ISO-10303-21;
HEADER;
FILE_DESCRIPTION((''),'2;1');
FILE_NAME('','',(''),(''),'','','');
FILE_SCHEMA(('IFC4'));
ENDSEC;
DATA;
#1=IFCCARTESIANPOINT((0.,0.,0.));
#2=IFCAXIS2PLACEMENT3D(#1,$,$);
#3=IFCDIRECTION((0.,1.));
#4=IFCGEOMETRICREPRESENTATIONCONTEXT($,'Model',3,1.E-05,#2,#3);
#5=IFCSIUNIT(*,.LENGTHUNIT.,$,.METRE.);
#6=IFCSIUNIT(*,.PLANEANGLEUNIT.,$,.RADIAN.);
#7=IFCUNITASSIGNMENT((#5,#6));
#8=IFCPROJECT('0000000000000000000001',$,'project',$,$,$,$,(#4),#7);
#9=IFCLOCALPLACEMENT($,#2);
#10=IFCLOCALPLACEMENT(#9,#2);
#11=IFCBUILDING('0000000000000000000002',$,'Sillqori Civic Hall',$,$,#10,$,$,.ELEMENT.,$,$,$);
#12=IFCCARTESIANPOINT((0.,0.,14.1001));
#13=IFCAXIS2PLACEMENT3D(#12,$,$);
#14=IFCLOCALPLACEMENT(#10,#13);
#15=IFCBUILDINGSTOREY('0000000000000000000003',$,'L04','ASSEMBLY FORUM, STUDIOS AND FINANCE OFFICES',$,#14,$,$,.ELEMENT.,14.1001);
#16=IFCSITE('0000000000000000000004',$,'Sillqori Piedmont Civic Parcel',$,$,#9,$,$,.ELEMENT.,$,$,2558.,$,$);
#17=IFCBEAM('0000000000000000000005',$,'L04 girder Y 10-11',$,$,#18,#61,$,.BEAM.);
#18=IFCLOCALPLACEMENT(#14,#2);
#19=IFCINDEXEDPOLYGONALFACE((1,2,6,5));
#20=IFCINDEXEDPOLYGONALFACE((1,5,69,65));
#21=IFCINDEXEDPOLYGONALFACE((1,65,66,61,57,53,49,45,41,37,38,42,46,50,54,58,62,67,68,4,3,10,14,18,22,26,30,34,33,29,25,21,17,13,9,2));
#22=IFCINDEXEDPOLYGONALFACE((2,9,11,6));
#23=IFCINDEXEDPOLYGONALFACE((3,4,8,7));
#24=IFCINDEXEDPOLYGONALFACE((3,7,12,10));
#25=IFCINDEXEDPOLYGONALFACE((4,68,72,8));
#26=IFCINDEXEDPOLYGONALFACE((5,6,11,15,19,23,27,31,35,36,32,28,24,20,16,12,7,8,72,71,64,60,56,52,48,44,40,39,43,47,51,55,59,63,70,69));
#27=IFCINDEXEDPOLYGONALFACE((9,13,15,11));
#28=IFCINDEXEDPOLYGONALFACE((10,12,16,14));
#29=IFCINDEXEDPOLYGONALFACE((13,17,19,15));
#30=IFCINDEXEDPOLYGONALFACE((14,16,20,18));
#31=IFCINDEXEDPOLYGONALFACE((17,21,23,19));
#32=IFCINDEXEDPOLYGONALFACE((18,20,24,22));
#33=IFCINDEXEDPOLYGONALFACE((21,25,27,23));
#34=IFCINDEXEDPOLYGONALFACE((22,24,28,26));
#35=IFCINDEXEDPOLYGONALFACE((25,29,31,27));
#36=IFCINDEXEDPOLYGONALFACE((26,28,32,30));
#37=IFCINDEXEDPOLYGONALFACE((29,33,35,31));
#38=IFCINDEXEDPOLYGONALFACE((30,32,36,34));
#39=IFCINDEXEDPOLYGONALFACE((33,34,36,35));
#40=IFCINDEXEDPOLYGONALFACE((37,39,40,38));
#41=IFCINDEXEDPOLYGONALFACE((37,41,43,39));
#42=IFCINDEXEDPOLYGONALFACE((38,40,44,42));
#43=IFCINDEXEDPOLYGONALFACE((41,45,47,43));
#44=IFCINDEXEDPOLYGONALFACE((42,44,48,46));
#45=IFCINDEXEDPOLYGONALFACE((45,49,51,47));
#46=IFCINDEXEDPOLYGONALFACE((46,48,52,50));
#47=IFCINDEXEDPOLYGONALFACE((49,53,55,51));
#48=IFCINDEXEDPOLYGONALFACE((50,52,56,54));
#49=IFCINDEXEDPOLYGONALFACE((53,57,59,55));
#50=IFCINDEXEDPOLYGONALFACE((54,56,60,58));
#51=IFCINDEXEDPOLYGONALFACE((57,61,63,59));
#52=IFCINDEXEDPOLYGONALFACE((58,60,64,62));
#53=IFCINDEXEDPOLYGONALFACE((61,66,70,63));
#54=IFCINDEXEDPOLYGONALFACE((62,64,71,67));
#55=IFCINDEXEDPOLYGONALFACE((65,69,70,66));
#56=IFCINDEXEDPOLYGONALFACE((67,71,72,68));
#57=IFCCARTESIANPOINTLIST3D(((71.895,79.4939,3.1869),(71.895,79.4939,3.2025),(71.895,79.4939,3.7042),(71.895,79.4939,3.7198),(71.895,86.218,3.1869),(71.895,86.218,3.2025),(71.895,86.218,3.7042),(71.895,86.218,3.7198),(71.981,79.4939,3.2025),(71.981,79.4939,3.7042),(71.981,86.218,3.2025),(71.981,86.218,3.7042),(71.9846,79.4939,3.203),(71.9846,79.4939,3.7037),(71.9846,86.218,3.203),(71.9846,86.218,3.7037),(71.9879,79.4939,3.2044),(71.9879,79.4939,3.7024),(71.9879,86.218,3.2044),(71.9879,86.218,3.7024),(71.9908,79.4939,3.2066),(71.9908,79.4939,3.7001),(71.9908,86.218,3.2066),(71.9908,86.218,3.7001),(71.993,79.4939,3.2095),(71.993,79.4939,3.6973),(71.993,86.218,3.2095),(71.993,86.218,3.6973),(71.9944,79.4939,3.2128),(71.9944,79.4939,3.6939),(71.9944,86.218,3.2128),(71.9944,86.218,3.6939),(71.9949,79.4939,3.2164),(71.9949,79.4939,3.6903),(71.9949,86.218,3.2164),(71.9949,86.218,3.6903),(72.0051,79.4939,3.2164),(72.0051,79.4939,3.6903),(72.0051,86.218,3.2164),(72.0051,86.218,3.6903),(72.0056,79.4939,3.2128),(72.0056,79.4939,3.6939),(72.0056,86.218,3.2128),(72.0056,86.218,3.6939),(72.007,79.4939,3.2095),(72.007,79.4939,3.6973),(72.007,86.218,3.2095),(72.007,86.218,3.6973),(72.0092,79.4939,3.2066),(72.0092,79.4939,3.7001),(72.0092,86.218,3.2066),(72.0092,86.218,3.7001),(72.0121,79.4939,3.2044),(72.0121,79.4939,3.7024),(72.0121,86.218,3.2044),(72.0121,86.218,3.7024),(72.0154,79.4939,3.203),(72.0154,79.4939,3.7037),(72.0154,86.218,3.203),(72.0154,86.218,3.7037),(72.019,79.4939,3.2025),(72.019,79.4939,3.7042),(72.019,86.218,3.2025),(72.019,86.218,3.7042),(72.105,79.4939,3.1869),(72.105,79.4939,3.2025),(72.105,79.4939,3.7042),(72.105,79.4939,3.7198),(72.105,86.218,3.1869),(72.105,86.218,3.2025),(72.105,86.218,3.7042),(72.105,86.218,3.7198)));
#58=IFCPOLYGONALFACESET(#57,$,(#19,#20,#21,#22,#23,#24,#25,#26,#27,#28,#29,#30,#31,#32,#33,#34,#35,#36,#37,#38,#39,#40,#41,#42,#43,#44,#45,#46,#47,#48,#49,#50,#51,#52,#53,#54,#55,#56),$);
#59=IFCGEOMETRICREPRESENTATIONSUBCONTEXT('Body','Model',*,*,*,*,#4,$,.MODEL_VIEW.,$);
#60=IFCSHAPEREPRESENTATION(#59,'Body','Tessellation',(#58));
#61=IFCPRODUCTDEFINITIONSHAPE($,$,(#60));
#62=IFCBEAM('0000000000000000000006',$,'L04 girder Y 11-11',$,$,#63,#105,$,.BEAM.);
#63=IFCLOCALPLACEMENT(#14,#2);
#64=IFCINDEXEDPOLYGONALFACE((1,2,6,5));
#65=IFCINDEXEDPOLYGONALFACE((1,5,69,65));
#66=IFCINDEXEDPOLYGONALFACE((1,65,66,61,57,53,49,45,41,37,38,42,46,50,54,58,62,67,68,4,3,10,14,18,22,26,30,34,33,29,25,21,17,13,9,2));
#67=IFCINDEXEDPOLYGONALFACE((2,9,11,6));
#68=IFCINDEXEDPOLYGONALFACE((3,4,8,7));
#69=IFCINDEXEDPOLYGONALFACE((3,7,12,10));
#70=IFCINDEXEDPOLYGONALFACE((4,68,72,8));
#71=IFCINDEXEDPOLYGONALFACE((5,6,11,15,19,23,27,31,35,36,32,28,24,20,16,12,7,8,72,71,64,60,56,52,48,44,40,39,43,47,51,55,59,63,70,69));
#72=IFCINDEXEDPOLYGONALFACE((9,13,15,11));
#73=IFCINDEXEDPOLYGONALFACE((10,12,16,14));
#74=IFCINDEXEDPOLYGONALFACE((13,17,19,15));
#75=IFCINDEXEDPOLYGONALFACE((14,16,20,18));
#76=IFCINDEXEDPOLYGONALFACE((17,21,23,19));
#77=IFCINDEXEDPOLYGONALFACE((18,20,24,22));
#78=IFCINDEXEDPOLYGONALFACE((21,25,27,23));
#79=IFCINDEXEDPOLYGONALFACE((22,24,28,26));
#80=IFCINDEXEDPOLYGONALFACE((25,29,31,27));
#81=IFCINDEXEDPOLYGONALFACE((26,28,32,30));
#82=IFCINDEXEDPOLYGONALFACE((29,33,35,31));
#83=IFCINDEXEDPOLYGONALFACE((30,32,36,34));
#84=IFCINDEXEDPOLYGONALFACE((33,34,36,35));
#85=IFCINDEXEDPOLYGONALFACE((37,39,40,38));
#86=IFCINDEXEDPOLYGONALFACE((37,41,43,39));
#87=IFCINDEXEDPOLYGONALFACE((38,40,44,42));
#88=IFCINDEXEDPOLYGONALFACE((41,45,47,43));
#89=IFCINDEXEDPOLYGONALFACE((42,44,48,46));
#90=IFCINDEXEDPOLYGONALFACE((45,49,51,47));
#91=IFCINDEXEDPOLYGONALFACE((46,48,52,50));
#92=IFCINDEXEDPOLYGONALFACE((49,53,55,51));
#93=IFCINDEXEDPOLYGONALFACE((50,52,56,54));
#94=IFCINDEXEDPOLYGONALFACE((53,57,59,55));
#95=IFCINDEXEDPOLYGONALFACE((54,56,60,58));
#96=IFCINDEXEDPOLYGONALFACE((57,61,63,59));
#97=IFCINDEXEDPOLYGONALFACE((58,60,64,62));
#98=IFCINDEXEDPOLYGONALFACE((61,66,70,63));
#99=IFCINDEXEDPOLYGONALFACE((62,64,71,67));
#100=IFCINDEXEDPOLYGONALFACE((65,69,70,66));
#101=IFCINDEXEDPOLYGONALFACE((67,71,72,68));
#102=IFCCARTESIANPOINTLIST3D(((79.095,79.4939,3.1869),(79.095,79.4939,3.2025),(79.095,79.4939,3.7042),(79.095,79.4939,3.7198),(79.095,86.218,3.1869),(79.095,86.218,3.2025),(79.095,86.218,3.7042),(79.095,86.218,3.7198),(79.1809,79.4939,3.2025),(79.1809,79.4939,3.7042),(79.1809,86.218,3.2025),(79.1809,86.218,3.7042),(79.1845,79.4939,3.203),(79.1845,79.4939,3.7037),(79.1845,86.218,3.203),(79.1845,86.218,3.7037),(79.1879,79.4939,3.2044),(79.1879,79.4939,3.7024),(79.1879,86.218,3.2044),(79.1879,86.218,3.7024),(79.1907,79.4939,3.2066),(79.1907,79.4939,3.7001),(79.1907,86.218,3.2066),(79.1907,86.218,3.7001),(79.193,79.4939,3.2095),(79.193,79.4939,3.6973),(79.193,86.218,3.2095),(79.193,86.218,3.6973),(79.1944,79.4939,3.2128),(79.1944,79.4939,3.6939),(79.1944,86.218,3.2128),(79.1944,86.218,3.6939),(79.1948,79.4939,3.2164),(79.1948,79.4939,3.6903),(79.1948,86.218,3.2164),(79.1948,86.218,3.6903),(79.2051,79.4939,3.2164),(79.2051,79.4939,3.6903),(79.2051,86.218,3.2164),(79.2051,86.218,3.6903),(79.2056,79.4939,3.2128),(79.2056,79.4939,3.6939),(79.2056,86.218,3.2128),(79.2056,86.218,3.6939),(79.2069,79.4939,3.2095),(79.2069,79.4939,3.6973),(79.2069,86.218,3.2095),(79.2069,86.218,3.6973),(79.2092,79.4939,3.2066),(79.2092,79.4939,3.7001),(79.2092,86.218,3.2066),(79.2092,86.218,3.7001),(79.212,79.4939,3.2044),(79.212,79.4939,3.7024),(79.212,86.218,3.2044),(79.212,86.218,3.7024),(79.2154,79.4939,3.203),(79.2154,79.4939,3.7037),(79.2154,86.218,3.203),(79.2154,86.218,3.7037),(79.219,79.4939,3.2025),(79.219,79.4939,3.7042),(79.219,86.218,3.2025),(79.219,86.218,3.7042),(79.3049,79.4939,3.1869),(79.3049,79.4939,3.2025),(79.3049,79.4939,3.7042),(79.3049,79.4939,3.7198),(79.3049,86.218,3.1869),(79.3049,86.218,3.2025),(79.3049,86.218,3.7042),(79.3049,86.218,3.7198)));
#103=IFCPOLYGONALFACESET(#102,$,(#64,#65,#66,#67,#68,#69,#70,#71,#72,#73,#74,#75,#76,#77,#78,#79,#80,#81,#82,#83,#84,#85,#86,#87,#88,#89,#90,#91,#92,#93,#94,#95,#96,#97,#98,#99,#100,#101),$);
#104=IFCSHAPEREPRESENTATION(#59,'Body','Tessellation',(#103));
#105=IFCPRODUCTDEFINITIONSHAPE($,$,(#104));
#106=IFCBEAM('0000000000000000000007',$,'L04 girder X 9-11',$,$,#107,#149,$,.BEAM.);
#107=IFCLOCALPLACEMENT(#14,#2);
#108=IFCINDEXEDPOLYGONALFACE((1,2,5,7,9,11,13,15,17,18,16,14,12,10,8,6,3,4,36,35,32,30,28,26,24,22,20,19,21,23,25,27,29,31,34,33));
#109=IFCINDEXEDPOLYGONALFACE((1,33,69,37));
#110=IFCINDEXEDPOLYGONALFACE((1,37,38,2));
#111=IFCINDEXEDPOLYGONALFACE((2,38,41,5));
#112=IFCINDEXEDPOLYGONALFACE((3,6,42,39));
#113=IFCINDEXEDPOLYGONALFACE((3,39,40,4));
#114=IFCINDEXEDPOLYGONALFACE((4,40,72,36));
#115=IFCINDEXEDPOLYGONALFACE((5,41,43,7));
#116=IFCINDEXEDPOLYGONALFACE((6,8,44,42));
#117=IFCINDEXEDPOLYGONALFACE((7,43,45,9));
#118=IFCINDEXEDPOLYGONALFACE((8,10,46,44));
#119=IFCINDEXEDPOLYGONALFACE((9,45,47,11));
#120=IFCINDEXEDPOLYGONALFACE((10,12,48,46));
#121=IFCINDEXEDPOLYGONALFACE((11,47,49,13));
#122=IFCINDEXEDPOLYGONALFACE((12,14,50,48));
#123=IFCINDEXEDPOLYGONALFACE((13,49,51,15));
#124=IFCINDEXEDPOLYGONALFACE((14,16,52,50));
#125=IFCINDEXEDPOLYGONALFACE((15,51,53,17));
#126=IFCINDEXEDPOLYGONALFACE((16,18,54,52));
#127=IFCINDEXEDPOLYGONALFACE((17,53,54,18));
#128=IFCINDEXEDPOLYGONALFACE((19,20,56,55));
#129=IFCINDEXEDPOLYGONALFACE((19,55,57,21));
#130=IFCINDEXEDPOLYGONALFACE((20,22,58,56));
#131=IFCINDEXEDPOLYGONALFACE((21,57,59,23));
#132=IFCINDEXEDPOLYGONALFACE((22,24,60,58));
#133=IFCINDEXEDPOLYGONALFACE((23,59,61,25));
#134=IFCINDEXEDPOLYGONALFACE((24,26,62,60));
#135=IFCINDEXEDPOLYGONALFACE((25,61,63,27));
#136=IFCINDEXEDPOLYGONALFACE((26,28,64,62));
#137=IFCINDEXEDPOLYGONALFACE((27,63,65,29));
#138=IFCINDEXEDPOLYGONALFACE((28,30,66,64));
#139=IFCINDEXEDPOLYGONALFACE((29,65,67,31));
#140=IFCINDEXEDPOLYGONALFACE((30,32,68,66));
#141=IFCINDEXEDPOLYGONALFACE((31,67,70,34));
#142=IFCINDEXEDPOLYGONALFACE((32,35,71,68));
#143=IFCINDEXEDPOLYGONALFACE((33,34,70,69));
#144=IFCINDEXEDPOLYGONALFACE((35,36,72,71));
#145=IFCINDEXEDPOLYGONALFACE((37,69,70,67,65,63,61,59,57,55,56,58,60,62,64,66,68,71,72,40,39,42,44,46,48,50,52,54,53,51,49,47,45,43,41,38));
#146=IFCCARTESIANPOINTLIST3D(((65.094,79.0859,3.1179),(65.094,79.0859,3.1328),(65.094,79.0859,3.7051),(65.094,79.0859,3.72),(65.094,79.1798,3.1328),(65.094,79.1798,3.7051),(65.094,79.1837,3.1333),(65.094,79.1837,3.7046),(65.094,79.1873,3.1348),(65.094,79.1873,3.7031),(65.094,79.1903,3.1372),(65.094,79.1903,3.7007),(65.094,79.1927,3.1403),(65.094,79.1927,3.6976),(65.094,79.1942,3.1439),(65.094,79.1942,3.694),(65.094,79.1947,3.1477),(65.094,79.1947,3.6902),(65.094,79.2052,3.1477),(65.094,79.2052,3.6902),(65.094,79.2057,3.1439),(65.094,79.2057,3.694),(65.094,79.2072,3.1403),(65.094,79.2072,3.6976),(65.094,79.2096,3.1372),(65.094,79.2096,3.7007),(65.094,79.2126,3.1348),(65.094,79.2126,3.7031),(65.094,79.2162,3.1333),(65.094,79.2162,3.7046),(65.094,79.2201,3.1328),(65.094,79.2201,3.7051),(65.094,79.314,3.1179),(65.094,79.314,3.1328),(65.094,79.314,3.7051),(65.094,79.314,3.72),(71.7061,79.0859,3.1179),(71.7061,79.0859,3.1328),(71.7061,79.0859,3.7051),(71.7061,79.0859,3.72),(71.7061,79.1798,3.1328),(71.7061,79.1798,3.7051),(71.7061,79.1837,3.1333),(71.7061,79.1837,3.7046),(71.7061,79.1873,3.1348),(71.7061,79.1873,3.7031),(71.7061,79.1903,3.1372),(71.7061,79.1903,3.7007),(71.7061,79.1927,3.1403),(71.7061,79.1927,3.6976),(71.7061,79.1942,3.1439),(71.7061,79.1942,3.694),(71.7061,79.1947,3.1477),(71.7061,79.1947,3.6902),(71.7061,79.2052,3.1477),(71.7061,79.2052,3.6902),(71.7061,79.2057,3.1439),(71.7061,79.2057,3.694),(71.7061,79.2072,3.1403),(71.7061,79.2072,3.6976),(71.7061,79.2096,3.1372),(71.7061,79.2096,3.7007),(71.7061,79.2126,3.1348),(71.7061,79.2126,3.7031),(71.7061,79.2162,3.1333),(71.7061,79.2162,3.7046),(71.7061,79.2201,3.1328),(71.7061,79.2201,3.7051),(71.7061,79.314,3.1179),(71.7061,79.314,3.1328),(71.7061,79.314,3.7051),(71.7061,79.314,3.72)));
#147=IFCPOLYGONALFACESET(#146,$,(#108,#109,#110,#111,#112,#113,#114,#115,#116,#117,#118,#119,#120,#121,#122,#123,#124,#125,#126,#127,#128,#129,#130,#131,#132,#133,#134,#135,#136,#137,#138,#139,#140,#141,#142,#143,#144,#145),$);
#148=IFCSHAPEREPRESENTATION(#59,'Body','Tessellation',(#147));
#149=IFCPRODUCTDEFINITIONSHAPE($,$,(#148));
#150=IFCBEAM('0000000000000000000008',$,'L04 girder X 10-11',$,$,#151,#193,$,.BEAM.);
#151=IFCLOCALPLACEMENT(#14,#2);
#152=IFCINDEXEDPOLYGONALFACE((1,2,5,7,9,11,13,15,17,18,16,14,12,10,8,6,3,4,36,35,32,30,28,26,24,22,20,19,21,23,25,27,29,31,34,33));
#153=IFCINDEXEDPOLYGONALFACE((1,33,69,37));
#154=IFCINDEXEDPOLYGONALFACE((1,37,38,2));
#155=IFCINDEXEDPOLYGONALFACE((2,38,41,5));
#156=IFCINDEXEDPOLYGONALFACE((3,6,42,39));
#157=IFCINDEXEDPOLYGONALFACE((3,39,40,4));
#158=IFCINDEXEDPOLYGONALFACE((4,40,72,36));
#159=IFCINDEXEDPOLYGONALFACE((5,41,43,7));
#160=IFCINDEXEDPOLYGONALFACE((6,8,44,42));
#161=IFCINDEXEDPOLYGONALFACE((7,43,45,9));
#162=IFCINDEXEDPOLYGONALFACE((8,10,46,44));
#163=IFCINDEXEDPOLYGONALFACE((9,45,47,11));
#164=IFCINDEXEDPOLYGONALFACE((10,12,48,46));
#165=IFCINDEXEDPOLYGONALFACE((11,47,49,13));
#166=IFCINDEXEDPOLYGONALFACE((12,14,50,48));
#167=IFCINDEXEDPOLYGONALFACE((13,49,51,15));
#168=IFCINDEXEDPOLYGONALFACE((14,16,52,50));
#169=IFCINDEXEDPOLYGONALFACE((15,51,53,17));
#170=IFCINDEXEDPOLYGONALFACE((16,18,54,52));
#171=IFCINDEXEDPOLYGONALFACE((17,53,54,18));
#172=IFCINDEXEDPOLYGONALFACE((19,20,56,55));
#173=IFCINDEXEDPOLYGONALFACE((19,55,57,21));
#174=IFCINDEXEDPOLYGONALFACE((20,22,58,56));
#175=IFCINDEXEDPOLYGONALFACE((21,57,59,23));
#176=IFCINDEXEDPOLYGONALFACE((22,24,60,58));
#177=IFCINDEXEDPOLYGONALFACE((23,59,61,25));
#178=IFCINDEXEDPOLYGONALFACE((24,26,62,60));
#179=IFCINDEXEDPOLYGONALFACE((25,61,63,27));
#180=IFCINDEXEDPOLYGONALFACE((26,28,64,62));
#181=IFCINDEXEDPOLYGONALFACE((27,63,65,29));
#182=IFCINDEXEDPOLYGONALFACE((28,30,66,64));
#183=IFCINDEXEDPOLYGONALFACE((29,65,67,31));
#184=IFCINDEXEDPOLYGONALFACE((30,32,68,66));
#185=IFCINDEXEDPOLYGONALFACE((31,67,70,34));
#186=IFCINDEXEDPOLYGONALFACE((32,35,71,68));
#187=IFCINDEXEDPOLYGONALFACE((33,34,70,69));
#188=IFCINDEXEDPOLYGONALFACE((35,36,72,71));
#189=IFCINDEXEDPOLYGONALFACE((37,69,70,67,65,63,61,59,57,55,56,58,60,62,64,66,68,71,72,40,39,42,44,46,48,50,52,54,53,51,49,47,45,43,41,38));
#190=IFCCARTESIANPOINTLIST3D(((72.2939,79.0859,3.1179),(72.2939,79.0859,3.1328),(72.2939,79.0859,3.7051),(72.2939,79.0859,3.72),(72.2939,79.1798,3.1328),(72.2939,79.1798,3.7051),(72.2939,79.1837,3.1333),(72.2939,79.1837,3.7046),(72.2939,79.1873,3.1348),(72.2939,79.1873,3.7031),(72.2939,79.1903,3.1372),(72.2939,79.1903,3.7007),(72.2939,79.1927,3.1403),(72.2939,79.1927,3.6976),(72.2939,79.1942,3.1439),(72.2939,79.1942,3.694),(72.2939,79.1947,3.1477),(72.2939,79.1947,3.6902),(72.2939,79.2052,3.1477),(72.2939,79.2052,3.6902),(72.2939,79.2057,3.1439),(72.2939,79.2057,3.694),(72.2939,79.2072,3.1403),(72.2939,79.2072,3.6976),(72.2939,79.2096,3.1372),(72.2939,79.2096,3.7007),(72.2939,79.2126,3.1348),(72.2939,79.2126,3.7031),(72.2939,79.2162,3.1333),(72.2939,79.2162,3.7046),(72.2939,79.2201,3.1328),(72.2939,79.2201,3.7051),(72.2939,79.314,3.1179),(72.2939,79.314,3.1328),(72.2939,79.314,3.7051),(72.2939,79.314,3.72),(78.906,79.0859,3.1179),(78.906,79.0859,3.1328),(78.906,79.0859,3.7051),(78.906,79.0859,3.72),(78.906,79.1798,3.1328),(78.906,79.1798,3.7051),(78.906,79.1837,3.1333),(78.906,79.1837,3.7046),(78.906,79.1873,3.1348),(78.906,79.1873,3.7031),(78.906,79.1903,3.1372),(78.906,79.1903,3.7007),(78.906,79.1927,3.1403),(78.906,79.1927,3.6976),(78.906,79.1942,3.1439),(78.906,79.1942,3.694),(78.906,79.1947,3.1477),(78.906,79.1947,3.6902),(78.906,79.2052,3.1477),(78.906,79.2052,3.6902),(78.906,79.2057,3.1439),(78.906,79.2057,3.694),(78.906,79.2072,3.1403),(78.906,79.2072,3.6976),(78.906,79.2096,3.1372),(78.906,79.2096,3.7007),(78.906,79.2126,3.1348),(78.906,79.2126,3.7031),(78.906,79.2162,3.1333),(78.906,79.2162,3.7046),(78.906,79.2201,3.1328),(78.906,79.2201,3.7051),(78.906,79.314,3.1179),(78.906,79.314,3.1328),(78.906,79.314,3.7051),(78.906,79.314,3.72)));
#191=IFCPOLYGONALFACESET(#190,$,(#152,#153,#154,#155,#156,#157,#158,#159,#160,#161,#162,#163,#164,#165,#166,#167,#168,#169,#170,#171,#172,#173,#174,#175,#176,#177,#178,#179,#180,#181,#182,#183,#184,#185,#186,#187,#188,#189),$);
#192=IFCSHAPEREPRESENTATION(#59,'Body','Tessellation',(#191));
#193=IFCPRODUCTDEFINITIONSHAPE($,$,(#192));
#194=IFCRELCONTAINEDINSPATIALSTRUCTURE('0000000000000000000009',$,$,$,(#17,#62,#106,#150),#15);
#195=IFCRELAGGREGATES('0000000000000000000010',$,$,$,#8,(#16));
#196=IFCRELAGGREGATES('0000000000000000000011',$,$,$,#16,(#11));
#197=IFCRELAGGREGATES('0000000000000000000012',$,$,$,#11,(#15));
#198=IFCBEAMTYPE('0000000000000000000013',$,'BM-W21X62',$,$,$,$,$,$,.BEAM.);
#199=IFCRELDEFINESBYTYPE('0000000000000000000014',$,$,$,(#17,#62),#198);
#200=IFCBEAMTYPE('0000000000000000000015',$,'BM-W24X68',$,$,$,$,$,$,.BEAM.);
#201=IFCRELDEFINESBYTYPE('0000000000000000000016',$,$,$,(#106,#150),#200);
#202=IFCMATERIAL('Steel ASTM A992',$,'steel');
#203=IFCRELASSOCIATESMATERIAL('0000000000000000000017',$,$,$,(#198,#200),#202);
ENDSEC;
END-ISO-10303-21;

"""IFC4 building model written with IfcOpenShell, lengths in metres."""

from ifc_helpers import new_model, si_unit, direction, frame, origin, origin_2d, place, context, subcontext, project, spatial, i_section, extrude, material, material_profile, profile_set, type_object, element, save


model = new_model("IFC4")

# Units and contexts
model_context = context("Model", 3, precision=1e-05, world=origin(), true_north=direction((0.0, 1.0)))
body_context = subcontext(model_context, "Body", "Model", "MODEL_VIEW")
ifc_project = project(units=[si_unit("LENGTHUNIT", "METRE"), si_unit("PLANEANGLEUNIT", "RADIAN")], contexts=[model_context])

# Site, building, storey
site_placement = place(None, origin())
site = spatial("IfcSite", under=ifc_project, at=site_placement, Name="Sillqori Piedmont Civic Parcel", CompositionType="ELEMENT", RefElevation=2558.0)
building_placement = place(site_placement, origin())
building = spatial("IfcBuilding", under=site, at=building_placement, Name="Sillqori Civic Hall", CompositionType="ELEMENT")
storey_placement = place(building_placement, frame((0.0, 0.0, 14.1001)))
storey = spatial("IfcBuildingStorey", under=building, at=storey_placement, Name="L04", Description="ASSEMBLY FORUM, STUDIOS AND FINANCE OFFICES", CompositionType="ELEMENT", Elevation=14.1001)

# Shared definitions
ifc_material_1 = material(Name="Steel ASTM A992", Category="steel")

# Beams
ifc_material_profile_1 = material_profile(ifc_material_1, i_section(OverallWidth=0.21, OverallDepth=0.533, WebThickness=0.0103, FlangeThickness=0.0156, FilletRadius=0.0139, at=origin_2d()), Name="W21X62")
ifc_profile_set_1 = profile_set([ifc_material_profile_1], Name="Steel ASTM A992")
beam_type_1 = type_object("IfcBeamType", Name="BM-W21X62", PredefinedType="BEAM", material=ifc_profile_set_1)
for number, where, z_axis, x_axis, name in (
    (1, (72.0, 79.4939, 3.4534), (0.0, 1.0, 0.0), (-1.0, 0.0, 0.0), "L04 girder Y 10-11"),
    (2, (79.2, 79.4939, 3.4534), (0.0, 1.0, 0.0), (-1.0, 0.0, 0.0), "L04 girder Y 11-11"),
):
    element("IfcBeam", number, at=place(storey_placement, frame(where, z_axis=z_axis, x_axis=x_axis)), inside=storey, type_object=beam_type_1, Name=name, PredefinedType="BEAM", context=body_context, shape_type="SweptSolid", body=[
        extrude(i_section(OverallWidth=0.21, OverallDepth=0.533, WebThickness=0.0103, FlangeThickness=0.0156, FilletRadius=0.0139, at=origin_2d()), origin(), (0.0, 0.0, 1.0), 6.7241),
    ])
ifc_material_profile_2 = material_profile(ifc_material_1, i_section(OverallWidth=0.228, OverallDepth=0.6021, WebThickness=0.0105, FlangeThickness=0.0149, FilletRadius=0.0149, at=origin_2d()), Name="W24X68")
ifc_profile_set_2 = profile_set([ifc_material_profile_2], Name="Steel ASTM A992")
beam_type_2 = type_object("IfcBeamType", Name="BM-W24X68", PredefinedType="BEAM", material=ifc_profile_set_2)
for number, where, z_axis, x_axis, name in (
    (3, (65.094, 79.2, 3.4189), (1.0, 0.0, 0.0), (0.0, 1.0, 0.0), "L04 girder X 9-11"),
    (4, (72.2939, 79.2, 3.4189), (1.0, 0.0, 0.0), (0.0, 1.0, 0.0), "L04 girder X 10-11"),
):
    element("IfcBeam", number, at=place(storey_placement, frame(where, z_axis=z_axis, x_axis=x_axis)), inside=storey, type_object=beam_type_2, Name=name, PredefinedType="BEAM", context=body_context, shape_type="SweptSolid", body=[
        extrude(i_section(OverallWidth=0.228, OverallDepth=0.6021, WebThickness=0.0105, FlangeThickness=0.0149, FilletRadius=0.0149, at=origin_2d()), origin(), (0.0, 0.0, 1.0), 6.6121),
    ])

save(model, "model.ifc")
